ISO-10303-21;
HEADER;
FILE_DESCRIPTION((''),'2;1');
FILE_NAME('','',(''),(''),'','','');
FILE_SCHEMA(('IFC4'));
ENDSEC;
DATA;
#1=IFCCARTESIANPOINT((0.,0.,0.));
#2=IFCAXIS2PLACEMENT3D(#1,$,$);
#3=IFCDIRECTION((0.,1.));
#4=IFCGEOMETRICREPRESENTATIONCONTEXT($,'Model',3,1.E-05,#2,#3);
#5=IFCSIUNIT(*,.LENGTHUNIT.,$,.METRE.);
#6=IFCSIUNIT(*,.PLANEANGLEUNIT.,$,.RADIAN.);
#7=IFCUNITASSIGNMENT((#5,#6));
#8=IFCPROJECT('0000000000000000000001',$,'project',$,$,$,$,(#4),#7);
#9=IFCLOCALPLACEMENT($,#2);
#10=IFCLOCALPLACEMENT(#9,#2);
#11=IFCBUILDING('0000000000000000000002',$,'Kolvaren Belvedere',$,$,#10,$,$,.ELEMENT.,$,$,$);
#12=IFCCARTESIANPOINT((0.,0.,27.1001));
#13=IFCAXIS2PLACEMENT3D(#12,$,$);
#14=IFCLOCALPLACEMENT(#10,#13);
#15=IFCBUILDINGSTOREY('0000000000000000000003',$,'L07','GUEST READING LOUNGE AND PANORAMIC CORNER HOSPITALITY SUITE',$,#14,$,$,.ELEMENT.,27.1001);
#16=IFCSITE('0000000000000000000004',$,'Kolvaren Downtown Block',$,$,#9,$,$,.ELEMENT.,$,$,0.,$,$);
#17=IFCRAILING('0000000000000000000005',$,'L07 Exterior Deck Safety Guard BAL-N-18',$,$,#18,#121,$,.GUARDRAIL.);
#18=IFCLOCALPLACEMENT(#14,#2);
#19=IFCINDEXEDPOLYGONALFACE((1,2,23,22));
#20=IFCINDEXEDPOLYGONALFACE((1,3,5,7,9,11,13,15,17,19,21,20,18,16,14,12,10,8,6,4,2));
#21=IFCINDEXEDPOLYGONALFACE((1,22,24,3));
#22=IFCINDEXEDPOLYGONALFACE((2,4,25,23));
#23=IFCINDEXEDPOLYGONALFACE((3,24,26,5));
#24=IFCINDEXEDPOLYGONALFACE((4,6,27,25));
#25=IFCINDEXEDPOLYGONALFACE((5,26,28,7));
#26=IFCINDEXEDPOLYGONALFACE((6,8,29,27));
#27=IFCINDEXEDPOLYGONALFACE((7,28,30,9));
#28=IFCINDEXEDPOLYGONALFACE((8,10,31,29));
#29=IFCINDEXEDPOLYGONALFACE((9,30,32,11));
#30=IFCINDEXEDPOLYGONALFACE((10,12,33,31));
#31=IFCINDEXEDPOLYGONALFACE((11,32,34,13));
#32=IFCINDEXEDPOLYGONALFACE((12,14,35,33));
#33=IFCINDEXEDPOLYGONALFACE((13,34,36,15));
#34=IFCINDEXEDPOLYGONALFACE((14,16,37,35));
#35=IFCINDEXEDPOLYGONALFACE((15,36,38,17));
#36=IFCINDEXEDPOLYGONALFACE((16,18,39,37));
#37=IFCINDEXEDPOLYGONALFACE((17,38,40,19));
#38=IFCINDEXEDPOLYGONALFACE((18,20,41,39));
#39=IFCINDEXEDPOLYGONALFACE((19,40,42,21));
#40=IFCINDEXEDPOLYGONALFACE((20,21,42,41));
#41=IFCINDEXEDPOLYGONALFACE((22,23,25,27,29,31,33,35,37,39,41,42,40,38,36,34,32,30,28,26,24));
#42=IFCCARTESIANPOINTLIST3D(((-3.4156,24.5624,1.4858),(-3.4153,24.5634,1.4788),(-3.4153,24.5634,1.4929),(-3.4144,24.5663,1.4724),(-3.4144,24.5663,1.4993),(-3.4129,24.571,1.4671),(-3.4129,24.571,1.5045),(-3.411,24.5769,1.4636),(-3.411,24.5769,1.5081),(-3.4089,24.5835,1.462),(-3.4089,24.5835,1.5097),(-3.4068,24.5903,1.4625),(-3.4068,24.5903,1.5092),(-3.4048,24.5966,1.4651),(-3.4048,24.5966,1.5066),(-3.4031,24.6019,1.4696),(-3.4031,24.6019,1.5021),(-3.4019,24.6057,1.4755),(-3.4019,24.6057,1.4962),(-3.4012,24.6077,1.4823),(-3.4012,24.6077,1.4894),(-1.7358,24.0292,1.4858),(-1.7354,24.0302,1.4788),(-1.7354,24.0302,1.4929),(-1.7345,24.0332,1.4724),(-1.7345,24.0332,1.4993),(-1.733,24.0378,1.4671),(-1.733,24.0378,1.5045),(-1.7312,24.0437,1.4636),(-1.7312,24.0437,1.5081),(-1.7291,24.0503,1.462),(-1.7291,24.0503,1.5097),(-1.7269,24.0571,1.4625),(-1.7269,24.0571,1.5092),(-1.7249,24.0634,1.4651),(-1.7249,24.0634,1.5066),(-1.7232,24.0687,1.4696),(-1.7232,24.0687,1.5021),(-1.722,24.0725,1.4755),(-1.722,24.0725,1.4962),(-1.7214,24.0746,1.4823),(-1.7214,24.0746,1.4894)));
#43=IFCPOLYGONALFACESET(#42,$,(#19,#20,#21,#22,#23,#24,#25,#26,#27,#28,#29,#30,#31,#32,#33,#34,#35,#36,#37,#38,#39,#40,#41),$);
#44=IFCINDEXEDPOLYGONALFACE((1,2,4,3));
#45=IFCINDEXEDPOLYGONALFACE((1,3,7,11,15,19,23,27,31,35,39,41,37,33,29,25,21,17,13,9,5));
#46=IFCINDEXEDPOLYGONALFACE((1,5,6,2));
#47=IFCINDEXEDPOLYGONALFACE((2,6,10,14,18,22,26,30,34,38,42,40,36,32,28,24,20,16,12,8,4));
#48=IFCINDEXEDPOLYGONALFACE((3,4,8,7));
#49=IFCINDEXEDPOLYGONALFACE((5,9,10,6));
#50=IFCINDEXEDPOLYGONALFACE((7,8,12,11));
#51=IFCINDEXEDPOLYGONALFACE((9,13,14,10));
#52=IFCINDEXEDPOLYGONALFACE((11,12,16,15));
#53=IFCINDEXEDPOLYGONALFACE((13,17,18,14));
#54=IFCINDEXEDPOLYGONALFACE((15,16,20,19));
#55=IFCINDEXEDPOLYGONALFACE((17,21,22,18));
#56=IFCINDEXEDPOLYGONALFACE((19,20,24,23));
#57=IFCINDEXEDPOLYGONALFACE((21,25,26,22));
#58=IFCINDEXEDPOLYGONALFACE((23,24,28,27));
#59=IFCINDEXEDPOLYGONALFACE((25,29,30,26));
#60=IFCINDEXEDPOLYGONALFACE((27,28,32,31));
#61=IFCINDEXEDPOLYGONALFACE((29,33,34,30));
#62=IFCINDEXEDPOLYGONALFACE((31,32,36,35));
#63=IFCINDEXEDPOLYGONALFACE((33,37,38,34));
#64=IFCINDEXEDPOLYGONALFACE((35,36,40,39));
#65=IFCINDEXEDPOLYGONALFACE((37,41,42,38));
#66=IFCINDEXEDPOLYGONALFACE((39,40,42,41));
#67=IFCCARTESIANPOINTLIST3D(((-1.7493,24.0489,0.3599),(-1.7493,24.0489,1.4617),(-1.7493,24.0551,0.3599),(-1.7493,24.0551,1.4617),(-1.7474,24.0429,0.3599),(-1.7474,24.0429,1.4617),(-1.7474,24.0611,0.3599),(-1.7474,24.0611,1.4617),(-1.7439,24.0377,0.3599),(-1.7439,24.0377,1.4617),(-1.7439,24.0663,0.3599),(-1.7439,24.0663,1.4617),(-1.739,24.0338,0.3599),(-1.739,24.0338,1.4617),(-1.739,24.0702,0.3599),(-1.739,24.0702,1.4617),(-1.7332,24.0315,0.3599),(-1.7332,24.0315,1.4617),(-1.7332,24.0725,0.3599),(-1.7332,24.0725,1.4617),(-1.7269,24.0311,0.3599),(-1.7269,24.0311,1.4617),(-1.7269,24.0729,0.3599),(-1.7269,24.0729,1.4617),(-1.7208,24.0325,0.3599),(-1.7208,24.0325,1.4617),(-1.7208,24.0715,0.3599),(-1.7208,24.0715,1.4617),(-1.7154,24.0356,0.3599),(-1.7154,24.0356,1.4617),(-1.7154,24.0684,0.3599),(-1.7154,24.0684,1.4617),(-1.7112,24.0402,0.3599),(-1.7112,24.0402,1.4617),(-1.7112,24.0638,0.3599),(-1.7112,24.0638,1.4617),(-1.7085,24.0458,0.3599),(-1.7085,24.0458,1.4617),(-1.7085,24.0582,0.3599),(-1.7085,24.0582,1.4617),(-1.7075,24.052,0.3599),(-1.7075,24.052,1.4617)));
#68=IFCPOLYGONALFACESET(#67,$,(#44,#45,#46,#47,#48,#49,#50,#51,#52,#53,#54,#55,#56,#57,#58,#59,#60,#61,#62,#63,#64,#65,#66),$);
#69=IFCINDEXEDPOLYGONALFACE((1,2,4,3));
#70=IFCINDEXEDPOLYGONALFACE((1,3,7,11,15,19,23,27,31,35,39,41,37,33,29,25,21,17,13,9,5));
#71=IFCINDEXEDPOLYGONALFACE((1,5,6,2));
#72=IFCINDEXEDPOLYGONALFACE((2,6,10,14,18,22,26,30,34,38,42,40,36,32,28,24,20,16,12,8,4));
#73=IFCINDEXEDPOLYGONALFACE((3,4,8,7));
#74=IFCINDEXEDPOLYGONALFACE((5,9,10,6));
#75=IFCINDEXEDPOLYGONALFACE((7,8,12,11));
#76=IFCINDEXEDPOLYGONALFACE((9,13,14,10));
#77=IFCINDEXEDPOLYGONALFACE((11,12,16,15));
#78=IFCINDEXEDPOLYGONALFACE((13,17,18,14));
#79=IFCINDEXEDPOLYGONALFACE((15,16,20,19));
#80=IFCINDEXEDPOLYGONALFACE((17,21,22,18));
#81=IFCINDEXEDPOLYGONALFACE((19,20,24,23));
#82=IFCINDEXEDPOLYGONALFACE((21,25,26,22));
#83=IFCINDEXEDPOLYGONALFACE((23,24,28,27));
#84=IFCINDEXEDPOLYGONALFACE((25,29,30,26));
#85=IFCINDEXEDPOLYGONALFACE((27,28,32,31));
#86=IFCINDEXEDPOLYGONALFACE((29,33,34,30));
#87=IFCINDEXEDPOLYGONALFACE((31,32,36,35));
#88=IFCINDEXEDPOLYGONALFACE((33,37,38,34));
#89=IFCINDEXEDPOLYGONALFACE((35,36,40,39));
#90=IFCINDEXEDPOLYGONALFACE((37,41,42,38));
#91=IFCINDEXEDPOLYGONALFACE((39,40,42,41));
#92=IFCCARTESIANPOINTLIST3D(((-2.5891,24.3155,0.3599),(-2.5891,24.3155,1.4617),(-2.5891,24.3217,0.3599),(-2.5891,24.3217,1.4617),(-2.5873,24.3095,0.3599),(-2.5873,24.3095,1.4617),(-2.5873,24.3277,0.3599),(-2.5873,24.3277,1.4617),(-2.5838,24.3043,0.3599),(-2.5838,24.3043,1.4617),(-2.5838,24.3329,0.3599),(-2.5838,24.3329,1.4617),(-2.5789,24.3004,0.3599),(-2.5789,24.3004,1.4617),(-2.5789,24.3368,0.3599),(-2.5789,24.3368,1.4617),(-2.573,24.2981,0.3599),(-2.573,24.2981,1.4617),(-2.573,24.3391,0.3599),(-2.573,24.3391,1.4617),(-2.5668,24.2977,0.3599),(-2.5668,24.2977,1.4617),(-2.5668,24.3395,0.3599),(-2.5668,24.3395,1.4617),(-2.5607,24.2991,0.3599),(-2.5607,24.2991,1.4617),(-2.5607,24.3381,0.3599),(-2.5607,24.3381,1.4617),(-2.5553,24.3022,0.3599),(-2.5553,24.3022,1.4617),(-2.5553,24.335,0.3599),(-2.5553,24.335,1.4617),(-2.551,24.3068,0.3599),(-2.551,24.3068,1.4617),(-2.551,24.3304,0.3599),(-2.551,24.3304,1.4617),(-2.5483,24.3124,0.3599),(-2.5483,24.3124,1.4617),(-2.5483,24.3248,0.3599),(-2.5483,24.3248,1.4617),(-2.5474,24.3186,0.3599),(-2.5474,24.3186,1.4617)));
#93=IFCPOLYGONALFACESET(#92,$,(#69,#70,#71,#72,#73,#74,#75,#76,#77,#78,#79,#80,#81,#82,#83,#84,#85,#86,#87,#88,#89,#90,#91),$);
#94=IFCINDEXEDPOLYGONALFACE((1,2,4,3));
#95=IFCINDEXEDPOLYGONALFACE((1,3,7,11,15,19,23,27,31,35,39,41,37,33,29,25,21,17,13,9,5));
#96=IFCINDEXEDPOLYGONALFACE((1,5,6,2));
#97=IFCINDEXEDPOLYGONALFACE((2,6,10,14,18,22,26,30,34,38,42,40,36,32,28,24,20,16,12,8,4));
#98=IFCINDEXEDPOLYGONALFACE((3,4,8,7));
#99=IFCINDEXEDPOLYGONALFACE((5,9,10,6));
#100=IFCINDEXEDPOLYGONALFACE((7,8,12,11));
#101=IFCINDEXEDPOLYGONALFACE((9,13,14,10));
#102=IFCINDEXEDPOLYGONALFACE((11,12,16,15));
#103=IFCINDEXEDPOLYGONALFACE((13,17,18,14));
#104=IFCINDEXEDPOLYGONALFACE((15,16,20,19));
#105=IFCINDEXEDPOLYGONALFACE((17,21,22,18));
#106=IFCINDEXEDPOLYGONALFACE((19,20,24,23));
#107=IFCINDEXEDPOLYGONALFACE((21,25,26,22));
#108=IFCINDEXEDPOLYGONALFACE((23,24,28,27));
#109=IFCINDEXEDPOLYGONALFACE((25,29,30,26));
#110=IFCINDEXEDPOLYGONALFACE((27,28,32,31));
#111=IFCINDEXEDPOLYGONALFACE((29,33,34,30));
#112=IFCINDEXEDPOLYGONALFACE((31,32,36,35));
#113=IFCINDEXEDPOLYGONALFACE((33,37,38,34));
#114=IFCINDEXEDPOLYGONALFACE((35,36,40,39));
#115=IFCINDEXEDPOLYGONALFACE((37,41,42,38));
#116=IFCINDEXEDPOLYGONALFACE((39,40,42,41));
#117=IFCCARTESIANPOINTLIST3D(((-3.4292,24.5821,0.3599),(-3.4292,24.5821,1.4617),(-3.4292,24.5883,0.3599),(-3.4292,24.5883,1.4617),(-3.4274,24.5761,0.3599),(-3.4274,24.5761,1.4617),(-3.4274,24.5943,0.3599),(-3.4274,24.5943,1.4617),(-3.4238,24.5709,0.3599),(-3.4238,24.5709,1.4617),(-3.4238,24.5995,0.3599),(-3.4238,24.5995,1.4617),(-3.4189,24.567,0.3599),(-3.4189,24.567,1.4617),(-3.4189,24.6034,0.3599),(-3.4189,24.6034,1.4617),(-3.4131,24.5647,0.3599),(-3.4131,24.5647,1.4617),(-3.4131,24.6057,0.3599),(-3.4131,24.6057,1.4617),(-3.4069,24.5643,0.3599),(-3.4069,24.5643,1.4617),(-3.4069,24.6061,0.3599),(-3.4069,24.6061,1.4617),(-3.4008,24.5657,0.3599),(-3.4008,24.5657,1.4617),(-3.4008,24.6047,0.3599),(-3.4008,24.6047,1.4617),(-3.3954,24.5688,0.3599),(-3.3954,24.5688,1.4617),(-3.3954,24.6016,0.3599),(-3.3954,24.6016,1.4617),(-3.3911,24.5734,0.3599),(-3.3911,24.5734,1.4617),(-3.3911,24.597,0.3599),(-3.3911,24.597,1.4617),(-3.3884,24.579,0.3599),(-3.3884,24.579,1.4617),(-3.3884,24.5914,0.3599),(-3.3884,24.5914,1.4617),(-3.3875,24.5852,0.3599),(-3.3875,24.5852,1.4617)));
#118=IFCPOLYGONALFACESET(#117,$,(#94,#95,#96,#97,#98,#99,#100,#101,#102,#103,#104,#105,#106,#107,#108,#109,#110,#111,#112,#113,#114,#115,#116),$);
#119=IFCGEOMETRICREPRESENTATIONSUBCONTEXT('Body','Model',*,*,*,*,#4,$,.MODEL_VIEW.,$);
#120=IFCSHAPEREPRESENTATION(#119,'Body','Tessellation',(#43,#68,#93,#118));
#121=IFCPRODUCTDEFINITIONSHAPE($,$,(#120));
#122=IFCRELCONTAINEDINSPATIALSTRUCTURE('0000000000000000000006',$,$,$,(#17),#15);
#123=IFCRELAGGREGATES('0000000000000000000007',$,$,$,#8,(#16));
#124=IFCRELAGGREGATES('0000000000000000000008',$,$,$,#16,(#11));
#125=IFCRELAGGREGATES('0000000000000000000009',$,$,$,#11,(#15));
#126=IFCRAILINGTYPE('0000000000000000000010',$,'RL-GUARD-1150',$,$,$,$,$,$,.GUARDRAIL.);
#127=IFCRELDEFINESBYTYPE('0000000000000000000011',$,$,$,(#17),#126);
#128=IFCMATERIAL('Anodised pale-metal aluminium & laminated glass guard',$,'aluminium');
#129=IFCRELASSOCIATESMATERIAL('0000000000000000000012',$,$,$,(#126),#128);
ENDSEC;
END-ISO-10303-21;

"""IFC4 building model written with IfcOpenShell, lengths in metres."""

from ifc_helpers import new_model, si_unit, direction, frame, origin, origin_2d, place, context, subcontext, project, spatial, circle, extrude, material, type_object, element, save


model = new_model("IFC4")

# Units and contexts
model_context = context("Model", 3, precision=1e-05, world=origin(), true_north=direction((0.0, 1.0)))
body_context = subcontext(model_context, "Body", "Model", "MODEL_VIEW")
ifc_project = project(units=[si_unit("LENGTHUNIT", "METRE"), si_unit("PLANEANGLEUNIT", "RADIAN")], contexts=[model_context])

# Site, building, storey
site_placement = place(None, origin())
site = spatial("IfcSite", under=ifc_project, at=site_placement, Name="Kolvaren Downtown Block", CompositionType="ELEMENT", RefElevation=0.0)
building_placement = place(site_placement, origin())
building = spatial("IfcBuilding", under=site, at=building_placement, Name="Kolvaren Belvedere", CompositionType="ELEMENT")
storey_placement = place(building_placement, frame((0.0, 0.0, 27.1001)))
storey = spatial("IfcBuildingStorey", under=building, at=storey_placement, Name="L07", Description="GUEST READING LOUNGE AND PANORAMIC CORNER HOSPITALITY SUITE", CompositionType="ELEMENT", Elevation=27.1001)

# Railing
ifc_material_1 = material(Name="Anodised pale-metal aluminium & laminated glass guard", Category="aluminium")
railing_type = type_object("IfcRailingType", Name="RL-GUARD-1150", PredefinedType="GUARDRAIL", material=ifc_material_1)
railing_1_placement = place(storey_placement, frame((-1.7285, 24.052, 0.3599)))
element("IfcRailing", 1, at=railing_1_placement, inside=storey, type_object=railing_type, Name="L07 Exterior Deck Safety Guard BAL-N-18", PredefinedType="GUARDRAIL", context=body_context, shape_type="SweptSolid", body=[
    extrude(circle(Radius=0.0239, at=origin_2d()), frame((0.0, 0.0, 1.126), z_axis=(-0.953142, 0.302523, 0.0), x_axis=(-0.302523, -0.953142, 0.0)), (0.0, 0.0, 1.0), 1.7625),
    extrude(circle(Radius=0.021, at=origin_2d()), origin(), (0.0, 0.0, 1.0), 1.1018),
    extrude(circle(Radius=0.021, at=origin_2d()), frame((-0.8398, 0.2666, 0.0)), (0.0, 0.0, 1.0), 1.1018),
    extrude(circle(Radius=0.021, at=origin_2d()), frame((-1.6799, 0.5332, 0.0)), (0.0, 0.0, 1.0), 1.1018),
])

save(model, "model.ifc")
